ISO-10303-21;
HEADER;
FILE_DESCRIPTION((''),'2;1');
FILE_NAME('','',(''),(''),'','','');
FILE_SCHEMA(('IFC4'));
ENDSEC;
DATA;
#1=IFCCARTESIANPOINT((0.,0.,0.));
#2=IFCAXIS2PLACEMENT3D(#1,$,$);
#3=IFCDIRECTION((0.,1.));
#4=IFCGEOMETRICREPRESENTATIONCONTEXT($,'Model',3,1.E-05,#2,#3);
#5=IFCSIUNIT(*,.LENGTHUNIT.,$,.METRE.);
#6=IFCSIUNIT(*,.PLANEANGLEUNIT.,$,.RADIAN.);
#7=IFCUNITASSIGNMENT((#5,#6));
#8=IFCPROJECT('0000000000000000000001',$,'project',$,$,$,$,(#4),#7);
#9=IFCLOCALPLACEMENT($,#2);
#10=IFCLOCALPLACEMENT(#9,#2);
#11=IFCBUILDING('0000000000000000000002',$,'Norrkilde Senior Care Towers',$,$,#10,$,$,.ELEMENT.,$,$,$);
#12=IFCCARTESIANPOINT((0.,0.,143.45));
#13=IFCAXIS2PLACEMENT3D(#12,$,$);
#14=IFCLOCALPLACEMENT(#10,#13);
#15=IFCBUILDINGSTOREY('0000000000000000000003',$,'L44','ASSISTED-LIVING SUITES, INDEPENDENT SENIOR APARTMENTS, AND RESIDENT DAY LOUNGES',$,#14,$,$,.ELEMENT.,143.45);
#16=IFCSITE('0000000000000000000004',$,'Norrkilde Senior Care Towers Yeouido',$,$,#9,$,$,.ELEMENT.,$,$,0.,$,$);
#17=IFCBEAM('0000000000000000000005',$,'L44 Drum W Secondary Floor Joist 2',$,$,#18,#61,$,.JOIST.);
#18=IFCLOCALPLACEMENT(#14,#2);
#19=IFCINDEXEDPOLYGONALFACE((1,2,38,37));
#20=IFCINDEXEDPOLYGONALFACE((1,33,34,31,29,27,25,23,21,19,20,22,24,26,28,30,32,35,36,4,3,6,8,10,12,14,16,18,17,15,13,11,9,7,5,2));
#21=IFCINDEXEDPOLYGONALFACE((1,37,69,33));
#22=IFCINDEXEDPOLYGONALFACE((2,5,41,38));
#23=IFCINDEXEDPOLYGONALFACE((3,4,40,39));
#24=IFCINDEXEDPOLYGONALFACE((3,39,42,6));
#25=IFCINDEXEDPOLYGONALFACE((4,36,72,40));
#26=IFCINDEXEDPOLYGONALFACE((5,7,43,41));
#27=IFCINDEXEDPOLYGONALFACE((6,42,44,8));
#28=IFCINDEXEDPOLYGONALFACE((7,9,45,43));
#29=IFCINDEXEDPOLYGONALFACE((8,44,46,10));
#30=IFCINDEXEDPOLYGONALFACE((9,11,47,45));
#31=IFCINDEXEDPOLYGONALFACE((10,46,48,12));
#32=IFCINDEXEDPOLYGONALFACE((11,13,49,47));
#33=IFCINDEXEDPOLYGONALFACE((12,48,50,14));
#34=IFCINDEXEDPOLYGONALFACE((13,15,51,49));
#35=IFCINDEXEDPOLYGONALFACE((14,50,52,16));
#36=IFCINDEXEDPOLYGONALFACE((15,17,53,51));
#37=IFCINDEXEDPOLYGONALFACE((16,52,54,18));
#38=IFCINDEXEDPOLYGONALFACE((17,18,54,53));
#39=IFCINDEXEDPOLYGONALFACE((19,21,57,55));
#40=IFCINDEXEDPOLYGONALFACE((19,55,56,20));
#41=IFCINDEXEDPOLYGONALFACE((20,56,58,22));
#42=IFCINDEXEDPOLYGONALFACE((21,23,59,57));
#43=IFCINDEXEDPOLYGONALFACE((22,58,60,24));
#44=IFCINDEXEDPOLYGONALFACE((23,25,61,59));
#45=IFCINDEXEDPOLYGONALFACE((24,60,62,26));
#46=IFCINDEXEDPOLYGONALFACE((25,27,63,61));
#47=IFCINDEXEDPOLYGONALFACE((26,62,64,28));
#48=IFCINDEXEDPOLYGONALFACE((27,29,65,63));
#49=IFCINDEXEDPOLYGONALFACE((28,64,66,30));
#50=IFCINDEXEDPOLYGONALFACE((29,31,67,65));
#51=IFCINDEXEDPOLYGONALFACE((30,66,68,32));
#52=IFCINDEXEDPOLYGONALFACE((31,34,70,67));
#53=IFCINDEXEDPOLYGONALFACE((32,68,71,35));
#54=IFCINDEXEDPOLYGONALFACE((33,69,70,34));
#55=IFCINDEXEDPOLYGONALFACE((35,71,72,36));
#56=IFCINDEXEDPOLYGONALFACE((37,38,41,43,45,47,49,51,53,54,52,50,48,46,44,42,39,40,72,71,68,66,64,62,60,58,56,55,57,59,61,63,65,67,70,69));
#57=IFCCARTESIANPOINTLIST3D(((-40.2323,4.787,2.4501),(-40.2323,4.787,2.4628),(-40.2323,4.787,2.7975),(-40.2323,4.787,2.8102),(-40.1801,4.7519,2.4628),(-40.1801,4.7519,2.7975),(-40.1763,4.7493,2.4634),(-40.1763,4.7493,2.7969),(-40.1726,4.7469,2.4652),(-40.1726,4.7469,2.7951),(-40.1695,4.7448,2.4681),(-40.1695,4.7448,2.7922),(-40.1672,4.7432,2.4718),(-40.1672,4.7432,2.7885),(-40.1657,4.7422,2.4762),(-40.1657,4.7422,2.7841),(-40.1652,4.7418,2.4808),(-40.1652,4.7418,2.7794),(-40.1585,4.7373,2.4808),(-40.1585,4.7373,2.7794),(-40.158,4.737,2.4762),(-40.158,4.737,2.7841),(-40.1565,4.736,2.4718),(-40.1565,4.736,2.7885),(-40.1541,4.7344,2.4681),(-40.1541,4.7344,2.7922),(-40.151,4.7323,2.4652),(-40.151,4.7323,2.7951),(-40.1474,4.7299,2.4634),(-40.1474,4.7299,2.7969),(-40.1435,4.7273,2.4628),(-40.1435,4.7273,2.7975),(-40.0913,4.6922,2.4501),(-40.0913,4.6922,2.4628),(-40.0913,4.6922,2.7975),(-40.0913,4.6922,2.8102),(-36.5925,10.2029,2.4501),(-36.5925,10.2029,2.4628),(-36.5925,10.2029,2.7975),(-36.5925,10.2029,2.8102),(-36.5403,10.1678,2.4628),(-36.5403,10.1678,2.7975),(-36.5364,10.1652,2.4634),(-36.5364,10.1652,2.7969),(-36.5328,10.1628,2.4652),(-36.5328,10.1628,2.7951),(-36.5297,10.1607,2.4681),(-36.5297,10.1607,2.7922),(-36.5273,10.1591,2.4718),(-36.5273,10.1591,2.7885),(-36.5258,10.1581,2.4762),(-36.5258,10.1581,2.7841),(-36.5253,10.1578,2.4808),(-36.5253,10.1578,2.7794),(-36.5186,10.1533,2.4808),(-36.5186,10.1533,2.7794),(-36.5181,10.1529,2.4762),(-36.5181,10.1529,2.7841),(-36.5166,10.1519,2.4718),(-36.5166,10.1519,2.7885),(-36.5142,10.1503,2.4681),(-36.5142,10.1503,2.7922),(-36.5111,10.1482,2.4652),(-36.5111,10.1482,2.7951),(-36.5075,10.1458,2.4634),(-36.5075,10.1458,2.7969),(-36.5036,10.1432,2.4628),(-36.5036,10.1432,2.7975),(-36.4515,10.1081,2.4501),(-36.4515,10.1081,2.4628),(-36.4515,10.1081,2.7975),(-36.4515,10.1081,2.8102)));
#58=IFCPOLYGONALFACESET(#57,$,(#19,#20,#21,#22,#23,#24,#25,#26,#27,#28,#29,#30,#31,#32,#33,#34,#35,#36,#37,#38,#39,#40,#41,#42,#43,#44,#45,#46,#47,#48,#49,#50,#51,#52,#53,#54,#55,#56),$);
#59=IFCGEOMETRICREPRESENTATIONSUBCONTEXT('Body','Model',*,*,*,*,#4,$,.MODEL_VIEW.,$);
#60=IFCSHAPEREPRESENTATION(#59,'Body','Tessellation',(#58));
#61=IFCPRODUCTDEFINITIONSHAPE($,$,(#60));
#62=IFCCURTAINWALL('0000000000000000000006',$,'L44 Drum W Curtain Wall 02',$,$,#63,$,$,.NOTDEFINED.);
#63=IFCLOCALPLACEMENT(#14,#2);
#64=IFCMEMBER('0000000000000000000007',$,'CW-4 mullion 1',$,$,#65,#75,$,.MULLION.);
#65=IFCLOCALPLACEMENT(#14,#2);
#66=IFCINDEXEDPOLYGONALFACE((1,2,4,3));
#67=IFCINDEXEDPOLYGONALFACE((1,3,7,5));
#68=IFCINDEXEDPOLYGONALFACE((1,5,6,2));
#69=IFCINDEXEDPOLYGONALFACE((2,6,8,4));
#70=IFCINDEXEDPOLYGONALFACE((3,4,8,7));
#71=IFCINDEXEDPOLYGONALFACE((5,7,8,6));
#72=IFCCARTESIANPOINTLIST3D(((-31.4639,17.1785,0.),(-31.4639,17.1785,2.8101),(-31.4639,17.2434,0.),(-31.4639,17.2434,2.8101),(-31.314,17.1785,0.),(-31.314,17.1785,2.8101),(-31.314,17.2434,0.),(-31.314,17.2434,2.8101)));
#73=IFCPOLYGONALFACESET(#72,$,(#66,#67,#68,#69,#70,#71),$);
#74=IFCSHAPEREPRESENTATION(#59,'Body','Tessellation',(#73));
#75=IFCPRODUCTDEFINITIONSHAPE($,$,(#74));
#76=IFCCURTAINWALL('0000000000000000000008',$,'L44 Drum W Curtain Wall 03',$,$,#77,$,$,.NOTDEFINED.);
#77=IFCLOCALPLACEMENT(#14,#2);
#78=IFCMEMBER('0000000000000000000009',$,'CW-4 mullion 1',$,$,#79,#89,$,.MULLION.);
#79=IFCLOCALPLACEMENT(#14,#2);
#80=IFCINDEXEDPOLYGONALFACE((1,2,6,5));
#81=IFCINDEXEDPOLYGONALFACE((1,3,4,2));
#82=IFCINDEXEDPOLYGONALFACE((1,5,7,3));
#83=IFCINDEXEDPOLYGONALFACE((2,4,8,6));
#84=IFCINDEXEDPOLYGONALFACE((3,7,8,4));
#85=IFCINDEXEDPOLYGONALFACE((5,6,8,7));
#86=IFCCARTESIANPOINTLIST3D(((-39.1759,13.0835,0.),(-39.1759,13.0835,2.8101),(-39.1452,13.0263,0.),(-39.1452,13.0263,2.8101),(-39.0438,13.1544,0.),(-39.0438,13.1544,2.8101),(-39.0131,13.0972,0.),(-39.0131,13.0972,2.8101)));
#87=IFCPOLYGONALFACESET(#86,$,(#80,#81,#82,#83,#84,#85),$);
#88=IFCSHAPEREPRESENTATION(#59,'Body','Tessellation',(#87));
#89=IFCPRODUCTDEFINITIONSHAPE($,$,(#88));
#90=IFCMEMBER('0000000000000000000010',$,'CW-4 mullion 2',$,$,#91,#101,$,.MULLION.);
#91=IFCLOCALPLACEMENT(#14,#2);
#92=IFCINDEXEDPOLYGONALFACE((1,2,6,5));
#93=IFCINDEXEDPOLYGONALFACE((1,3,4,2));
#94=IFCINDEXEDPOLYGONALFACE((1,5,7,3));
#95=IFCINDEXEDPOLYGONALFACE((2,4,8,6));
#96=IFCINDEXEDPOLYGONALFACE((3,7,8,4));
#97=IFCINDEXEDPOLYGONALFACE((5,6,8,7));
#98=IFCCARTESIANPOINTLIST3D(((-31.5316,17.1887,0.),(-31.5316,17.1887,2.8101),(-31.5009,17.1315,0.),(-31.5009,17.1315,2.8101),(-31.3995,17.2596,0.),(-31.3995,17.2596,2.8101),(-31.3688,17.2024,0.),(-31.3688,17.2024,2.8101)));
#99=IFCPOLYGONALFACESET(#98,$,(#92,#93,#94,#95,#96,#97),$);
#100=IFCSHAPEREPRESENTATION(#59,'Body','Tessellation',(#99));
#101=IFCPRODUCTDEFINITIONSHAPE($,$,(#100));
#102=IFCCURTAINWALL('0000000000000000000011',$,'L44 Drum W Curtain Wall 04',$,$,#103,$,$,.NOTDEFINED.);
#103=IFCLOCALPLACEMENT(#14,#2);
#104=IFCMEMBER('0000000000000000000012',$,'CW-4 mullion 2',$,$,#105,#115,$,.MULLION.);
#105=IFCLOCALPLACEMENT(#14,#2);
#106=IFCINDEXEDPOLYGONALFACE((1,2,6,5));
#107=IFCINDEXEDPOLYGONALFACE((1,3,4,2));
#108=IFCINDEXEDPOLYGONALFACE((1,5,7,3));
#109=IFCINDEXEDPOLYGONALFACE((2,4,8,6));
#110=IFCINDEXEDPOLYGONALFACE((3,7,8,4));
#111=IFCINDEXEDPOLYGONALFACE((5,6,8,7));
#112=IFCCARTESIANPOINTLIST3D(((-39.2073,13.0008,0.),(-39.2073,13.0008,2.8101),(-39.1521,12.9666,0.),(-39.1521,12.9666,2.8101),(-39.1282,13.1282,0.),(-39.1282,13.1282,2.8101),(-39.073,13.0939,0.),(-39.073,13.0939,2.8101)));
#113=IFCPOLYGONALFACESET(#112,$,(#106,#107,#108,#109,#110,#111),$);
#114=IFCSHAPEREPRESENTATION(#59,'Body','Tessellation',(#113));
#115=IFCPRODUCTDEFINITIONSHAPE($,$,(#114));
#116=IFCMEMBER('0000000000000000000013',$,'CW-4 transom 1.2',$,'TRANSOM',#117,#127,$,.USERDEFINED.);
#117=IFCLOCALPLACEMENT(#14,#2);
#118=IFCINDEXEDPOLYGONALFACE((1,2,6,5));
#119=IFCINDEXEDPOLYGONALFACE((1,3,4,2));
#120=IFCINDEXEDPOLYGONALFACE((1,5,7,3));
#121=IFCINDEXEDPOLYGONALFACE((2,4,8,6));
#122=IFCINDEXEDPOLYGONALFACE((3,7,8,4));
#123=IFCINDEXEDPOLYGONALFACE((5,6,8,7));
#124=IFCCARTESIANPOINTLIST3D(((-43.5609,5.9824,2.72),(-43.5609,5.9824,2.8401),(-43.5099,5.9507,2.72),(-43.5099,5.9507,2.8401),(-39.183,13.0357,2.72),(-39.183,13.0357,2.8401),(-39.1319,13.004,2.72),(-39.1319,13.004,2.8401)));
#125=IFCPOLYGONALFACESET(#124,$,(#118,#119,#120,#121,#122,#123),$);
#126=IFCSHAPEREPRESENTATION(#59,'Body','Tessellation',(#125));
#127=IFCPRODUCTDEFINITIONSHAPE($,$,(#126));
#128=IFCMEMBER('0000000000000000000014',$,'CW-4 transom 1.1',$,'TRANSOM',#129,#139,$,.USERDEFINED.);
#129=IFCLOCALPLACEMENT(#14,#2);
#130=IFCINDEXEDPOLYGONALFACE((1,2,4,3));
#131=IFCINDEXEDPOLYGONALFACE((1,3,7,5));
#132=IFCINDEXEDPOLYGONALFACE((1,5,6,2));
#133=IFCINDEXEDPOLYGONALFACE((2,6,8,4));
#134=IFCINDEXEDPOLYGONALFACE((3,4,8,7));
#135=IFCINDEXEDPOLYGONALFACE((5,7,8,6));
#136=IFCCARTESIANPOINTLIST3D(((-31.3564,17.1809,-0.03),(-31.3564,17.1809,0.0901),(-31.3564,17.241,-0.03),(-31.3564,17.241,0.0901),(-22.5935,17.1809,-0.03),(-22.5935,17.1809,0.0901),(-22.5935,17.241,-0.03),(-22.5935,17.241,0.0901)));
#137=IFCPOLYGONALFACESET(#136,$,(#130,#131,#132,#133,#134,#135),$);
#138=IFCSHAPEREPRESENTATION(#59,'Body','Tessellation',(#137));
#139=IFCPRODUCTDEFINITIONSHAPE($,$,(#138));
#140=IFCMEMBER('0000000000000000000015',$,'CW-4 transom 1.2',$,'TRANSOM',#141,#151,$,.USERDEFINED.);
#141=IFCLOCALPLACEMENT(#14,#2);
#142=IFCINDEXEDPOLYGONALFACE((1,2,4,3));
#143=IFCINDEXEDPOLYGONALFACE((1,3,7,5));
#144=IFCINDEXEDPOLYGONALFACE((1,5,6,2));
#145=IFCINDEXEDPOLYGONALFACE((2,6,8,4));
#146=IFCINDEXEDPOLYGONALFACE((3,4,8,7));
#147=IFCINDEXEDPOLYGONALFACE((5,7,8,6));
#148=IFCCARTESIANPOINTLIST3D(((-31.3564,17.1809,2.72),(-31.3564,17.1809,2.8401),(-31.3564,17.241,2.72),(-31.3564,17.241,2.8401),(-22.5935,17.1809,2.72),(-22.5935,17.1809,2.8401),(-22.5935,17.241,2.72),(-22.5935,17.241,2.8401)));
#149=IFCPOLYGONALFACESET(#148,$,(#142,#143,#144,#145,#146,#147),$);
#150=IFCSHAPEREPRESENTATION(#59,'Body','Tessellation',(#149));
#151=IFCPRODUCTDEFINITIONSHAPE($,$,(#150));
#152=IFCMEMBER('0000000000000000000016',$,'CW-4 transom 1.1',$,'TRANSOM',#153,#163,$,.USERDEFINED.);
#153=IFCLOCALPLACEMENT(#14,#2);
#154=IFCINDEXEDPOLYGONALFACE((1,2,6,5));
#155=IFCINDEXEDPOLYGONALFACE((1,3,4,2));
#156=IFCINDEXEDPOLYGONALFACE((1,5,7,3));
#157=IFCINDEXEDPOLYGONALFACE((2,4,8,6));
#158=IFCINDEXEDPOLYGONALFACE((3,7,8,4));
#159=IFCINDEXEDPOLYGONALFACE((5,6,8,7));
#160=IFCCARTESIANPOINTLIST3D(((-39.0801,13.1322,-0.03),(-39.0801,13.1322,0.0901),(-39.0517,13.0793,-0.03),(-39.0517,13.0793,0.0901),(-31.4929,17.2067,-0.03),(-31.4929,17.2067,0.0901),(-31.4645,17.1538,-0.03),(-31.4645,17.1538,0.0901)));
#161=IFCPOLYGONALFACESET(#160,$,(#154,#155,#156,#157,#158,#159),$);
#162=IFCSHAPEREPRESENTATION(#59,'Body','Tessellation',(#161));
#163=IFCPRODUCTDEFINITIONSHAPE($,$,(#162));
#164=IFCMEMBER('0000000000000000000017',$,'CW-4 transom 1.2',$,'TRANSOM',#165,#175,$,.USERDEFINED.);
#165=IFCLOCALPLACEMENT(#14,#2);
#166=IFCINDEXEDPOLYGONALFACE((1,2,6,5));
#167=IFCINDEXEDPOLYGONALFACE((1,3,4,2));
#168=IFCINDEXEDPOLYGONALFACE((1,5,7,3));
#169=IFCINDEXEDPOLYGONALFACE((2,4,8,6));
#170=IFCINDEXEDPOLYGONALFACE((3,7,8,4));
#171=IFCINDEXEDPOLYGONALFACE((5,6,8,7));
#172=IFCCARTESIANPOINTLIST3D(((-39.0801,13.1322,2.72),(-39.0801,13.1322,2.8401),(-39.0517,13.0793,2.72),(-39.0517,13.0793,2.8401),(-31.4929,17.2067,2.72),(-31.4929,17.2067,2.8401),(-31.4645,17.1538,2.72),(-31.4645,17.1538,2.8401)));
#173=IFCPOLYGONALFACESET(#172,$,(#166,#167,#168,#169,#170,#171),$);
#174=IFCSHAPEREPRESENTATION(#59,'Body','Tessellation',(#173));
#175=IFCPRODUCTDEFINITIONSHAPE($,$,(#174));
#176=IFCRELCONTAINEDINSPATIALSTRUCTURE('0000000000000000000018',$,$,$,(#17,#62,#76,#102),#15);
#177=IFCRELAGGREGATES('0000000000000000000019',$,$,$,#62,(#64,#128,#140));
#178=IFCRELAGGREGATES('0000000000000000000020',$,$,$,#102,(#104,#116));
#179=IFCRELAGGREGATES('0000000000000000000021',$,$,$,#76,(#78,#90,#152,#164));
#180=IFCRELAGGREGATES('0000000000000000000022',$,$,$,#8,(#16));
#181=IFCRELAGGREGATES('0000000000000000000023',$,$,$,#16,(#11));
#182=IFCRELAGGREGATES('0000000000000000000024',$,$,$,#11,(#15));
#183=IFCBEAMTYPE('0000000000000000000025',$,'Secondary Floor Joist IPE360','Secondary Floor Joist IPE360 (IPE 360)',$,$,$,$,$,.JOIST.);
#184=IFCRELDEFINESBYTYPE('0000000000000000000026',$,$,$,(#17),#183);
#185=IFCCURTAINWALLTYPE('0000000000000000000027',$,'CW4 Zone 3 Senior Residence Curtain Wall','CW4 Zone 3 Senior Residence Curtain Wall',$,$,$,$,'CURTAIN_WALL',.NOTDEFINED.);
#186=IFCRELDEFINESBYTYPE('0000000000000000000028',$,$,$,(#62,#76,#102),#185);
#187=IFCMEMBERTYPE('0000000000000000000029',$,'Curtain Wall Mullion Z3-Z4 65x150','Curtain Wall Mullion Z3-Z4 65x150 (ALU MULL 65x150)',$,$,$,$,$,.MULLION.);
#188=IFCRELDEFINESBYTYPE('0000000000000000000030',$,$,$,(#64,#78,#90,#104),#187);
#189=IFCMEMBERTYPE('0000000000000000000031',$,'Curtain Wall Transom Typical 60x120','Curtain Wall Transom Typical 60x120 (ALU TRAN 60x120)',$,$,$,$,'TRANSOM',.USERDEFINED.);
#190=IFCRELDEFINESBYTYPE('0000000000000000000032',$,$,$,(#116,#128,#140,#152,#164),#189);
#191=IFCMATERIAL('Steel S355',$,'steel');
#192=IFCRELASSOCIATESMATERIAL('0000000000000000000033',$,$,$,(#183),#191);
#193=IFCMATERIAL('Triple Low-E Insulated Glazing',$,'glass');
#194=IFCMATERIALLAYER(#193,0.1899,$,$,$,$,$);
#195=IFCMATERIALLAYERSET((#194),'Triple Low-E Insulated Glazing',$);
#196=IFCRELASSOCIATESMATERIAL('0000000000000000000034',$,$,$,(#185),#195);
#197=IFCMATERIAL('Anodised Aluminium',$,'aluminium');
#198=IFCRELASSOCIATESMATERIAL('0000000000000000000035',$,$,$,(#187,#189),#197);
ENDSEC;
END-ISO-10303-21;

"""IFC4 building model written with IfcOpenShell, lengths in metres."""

from ifc_helpers import new_model, si_unit, direction, frame, origin, origin_2d, place, context, subcontext, project, spatial, rectangle, i_section, extrude, source, transform, mapped, material, layer, layer_set, material_profile, profile_set, type_object, type_shapes, element, aggregate, save


model = new_model("IFC4")

# Units and contexts
model_context = context("Model", 3, precision=1e-05, world=origin(), true_north=direction((0.0, 1.0)))
body_context = subcontext(model_context, "Body", "Model", "MODEL_VIEW")
ifc_project = project(units=[si_unit("LENGTHUNIT", "METRE"), si_unit("PLANEANGLEUNIT", "RADIAN")], contexts=[model_context])

# Site, building, storey
site_placement = place(None, origin())
site = spatial("IfcSite", under=ifc_project, at=site_placement, Name="Norrkilde Senior Care Towers Yeouido", CompositionType="ELEMENT", RefElevation=0.0)
building_placement = place(site_placement, origin())
building = spatial("IfcBuilding", under=site, at=building_placement, Name="Norrkilde Senior Care Towers", CompositionType="ELEMENT")
storey_placement = place(building_placement, frame((0.0, 0.0, 143.45)))
storey = spatial("IfcBuildingStorey", under=building, at=storey_placement, Name="L44", Description="ASSISTED-LIVING SUITES, INDEPENDENT SENIOR APARTMENTS, AND RESIDENT DAY LOUNGES", CompositionType="ELEMENT", Elevation=143.45)

# Beam
ifc_material_1 = material(Name="Steel S355", Category="steel")
ifc_material_profile_1 = material_profile(ifc_material_1, i_section(OverallWidth=0.1699, OverallDepth=0.3601, WebThickness=0.0081, FlangeThickness=0.0127, FilletRadius=0.0181, at=origin_2d()), Name="IPE 360")
ifc_profile_set_1 = profile_set([ifc_material_profile_1], Name="Steel S355")
beam_type_1 = type_object("IfcBeamType", Name="Secondary Floor Joist IPE360", Description="Secondary Floor Joist IPE360 (IPE 360)", PredefinedType="JOIST", material=ifc_profile_set_1)
shared_shape_1 = source(origin(), body_context, "Body", "SweptSolid", [
    extrude(i_section(OverallWidth=0.1699, OverallDepth=0.3601, WebThickness=0.0081, FlangeThickness=0.0127, FilletRadius=0.0181, at=origin_2d()), origin(), (0.0, 0.0, 1.0), 6.5254),
])
type_shapes(beam_type_1, [shared_shape_1])
beam_1_placement = place(storey_placement, frame((-36.522, 10.1555, 2.6301), z_axis=(-0.557796, -0.829978, 0.0), x_axis=(0.829978, -0.557796, 0.0)))
element("IfcBeam", 1, at=beam_1_placement, inside=storey, type_object=beam_type_1, Name="L44 Drum W Secondary Floor Joist 2", PredefinedType="JOIST", context=body_context, shape_type="MappedRepresentation", body=[
    mapped(shared_shape_1, transform((0.0, 0.0, 0.0), x_axis=(1.0, 0.0, 0.0), y_axis=(0.0, 1.0, 0.0), z_axis=(0.0, 0.0, 1.0), scale=1.0)),
])

# Curtain wall, member
ifc_material_2 = material(Name="Triple Low-E Insulated Glazing", Category="glass")
ifc_layer_1 = layer(ifc_material_2, 0.1899)
ifc_layer_set_1 = layer_set([ifc_layer_1], Name="Triple Low-E Insulated Glazing")
curtain_wall_type = type_object("IfcCurtainWallType", Name="CW4 Zone 3 Senior Residence Curtain Wall", Description="CW4 Zone 3 Senior Residence Curtain Wall", ElementType="CURTAIN_WALL", PredefinedType="NOTDEFINED", material=ifc_layer_set_1)
curtain_wall_1_placement = place(storey_placement, origin())
curtain_wall_1 = element("IfcCurtainWall", 2, at=curtain_wall_1_placement, inside=storey, type_object=curtain_wall_type, Name="L44 Drum W Curtain Wall 02", PredefinedType="NOTDEFINED")
ifc_material_3 = material(Name="Anodised Aluminium", Category="aluminium")
ifc_material_profile_2 = material_profile(ifc_material_3, rectangle(XDim=0.0649, YDim=0.1499, at=origin_2d()), Name="ALU MULL 65x150")
ifc_profile_set_2 = profile_set([ifc_material_profile_2], Name="Anodised Aluminium")
member_type_1 = type_object("IfcMemberType", Name="Curtain Wall Mullion Z3-Z4 65x150", Description="Curtain Wall Mullion Z3-Z4 65x150 (ALU MULL 65x150)", PredefinedType="MULLION", material=ifc_profile_set_2)
shared_shape_2 = source(origin(), body_context, "Body", "SweptSolid", [
    extrude(rectangle(XDim=0.0649, YDim=0.1499, at=origin_2d()), origin(), (0.0, 0.0, 1.0), 2.8101),
])
type_shapes(member_type_1, [shared_shape_2])
member_1_placement = place(storey_placement, frame((-31.3889, 17.2109, 0.0), z_axis=(0.0, 0.0, 1.0), x_axis=(0.0, 1.0, 0.0)))
member_1 = element("IfcMember", 3, at=member_1_placement, type_object=member_type_1, Name="CW-4 mullion 1", PredefinedType="MULLION", context=body_context, shape_type="MappedRepresentation", body=[
    mapped(shared_shape_2, transform((0.0, 0.0, 0.0), x_axis=(1.0, 0.0, 0.0), y_axis=(0.0, 1.0, 0.0), z_axis=(0.0, 0.0, 1.0), scale=1.0)),
])

# Curtain walls, members
curtain_wall_2_placement = place(storey_placement, origin())
curtain_wall_2 = element("IfcCurtainWall", 4, at=curtain_wall_2_placement, inside=storey, type_object=curtain_wall_type, Name="L44 Drum W Curtain Wall 03", PredefinedType="NOTDEFINED")
member_2_placement = place(storey_placement, frame((-39.0945, 13.0903, 0.0), z_axis=(0.0, 0.0, 1.0), x_axis=(-0.473117, 0.881, 0.0)))
member_2 = element("IfcMember", 5, at=member_2_placement, type_object=member_type_1, Name="CW-4 mullion 1", PredefinedType="MULLION", context=body_context, shape_type="MappedRepresentation", body=[
    mapped(shared_shape_2, transform((0.0, 0.0, 0.0), x_axis=(1.0, 0.0, 0.0), y_axis=(0.0, 1.0, 0.0), z_axis=(0.0, 0.0, 1.0), scale=1.0)),
])
member_3_placement = place(storey_placement, frame((-31.4502, 17.1956, 0.0), z_axis=(0.0, 0.0, 1.0), x_axis=(-0.473117, 0.881, 0.0)))
member_3 = element("IfcMember", 6, at=member_3_placement, type_object=member_type_1, Name="CW-4 mullion 2", PredefinedType="MULLION", context=body_context, shape_type="MappedRepresentation", body=[
    mapped(shared_shape_2, transform((0.0, 0.0, 0.0), x_axis=(1.0, 0.0, 0.0), y_axis=(0.0, 1.0, 0.0), z_axis=(0.0, 0.0, 1.0), scale=1.0)),
])
curtain_wall_3_placement = place(storey_placement, origin())
curtain_wall_3 = element("IfcCurtainWall", 7, at=curtain_wall_3_placement, inside=storey, type_object=curtain_wall_type, Name="L44 Drum W Curtain Wall 04", PredefinedType="NOTDEFINED")
member_4_placement = place(storey_placement, frame((-39.1401, 13.0474, 0.0), z_axis=(0.0, 0.0, 1.0), x_axis=(-0.849634, 0.527373, 0.0)))
member_4 = element("IfcMember", 8, at=member_4_placement, type_object=member_type_1, Name="CW-4 mullion 2", PredefinedType="MULLION", context=body_context, shape_type="MappedRepresentation", body=[
    mapped(shared_shape_2, transform((0.0, 0.0, 0.0), x_axis=(1.0, 0.0, 0.0), y_axis=(0.0, 1.0, 0.0), z_axis=(0.0, 0.0, 1.0), scale=1.0)),
])
ifc_material_profile_3 = material_profile(ifc_material_3, rectangle(XDim=0.0601, YDim=0.1201, at=origin_2d()), Name="ALU TRAN 60x120")
ifc_profile_set_3 = profile_set([ifc_material_profile_3], Name="Anodised Aluminium")
member_type_2 = type_object("IfcMemberType", Name="Curtain Wall Transom Typical 60x120", Description="Curtain Wall Transom Typical 60x120 (ALU TRAN 60x120)", ElementType="TRANSOM", PredefinedType="USERDEFINED", material=ifc_profile_set_3)
shared_shape_3 = source(origin(), body_context, "Body", "SweptSolid", [
    extrude(rectangle(XDim=0.0601, YDim=0.1201, at=origin_2d()), origin(), (0.0, 0.0, 1.0), 8.3015),
])
member_5_placement = place(storey_placement, frame((-43.5354, 5.9666, 2.78), z_axis=(0.527369, 0.849637, 0.0), x_axis=(-0.849637, 0.527369, 0.0)))
member_5 = element("IfcMember", 9, at=member_5_placement, type_object=member_type_2, Name="CW-4 transom 1.2", ObjectType="TRANSOM", PredefinedType="USERDEFINED", context=body_context, shape_type="MappedRepresentation", body=[
    mapped(shared_shape_3, transform((0.0, 0.0, 0.0), x_axis=(1.0, 0.0, 0.0), y_axis=(0.0, 1.0, 0.0), z_axis=(0.0, 0.0, 1.0), scale=1.0)),
])

# Members
shared_shape_4 = source(origin(), body_context, "Body", "SweptSolid", [
    extrude(rectangle(XDim=0.0601, YDim=0.1201, at=origin_2d()), origin(), (0.0, 0.0, 1.0), 8.7629),
])
member_6_placement = place(storey_placement, frame((-31.3564, 17.2109, 0.03), z_axis=(1.0, 0.0, 0.0), x_axis=(0.0, 1.0, 0.0)))
member_6 = element("IfcMember", 10, at=member_6_placement, type_object=member_type_2, Name="CW-4 transom 1.1", ObjectType="TRANSOM", PredefinedType="USERDEFINED", context=body_context, shape_type="MappedRepresentation", body=[
    mapped(shared_shape_4, transform((0.0, 0.0, 0.0), x_axis=(1.0, 0.0, 0.0), y_axis=(0.0, 1.0, 0.0), z_axis=(0.0, 0.0, 1.0), scale=1.0)),
])
member_7_placement = place(storey_placement, frame((-31.3564, 17.2109, 2.78), z_axis=(1.0, 0.0, 0.0), x_axis=(0.0, 1.0, 0.0)))
member_7 = element("IfcMember", 11, at=member_7_placement, type_object=member_type_2, Name="CW-4 transom 1.2", ObjectType="TRANSOM", PredefinedType="USERDEFINED", context=body_context, shape_type="MappedRepresentation", body=[
    mapped(shared_shape_4, transform((0.0, 0.0, 0.0), x_axis=(1.0, 0.0, 0.0), y_axis=(0.0, 1.0, 0.0), z_axis=(0.0, 0.0, 1.0), scale=1.0)),
])
aggregate(curtain_wall_1, [member_1, member_6, member_7])
shared_shape_5 = source(origin(), body_context, "Body", "SweptSolid", [
    extrude(rectangle(XDim=0.0601, YDim=0.1201, at=origin_2d()), origin(), (0.0, 0.0, 1.0), 8.6121),
])
type_shapes(member_type_2, [shared_shape_3, shared_shape_4, shared_shape_5])
member_8_placement = place(storey_placement, frame((-39.0659, 13.1057, 0.03), z_axis=(0.881, 0.473116, 0.0), x_axis=(-0.473116, 0.881, 0.0)))
member_8 = element("IfcMember", 12, at=member_8_placement, type_object=member_type_2, Name="CW-4 transom 1.1", ObjectType="TRANSOM", PredefinedType="USERDEFINED", context=body_context, shape_type="MappedRepresentation", body=[
    mapped(shared_shape_5, transform((0.0, 0.0, 0.0), x_axis=(1.0, 0.0, 0.0), y_axis=(0.0, 1.0, 0.0), z_axis=(0.0, 0.0, 1.0), scale=1.0)),
])
member_9_placement = place(storey_placement, frame((-39.0659, 13.1057, 2.78), z_axis=(0.881, 0.473116, 0.0), x_axis=(-0.473116, 0.881, 0.0)))
member_9 = element("IfcMember", 13, at=member_9_placement, type_object=member_type_2, Name="CW-4 transom 1.2", ObjectType="TRANSOM", PredefinedType="USERDEFINED", context=body_context, shape_type="MappedRepresentation", body=[
    mapped(shared_shape_5, transform((0.0, 0.0, 0.0), x_axis=(1.0, 0.0, 0.0), y_axis=(0.0, 1.0, 0.0), z_axis=(0.0, 0.0, 1.0), scale=1.0)),
])

aggregate(curtain_wall_3, [member_4, member_5])
aggregate(curtain_wall_2, [member_2, member_3, member_8, member_9])

save(model, "model.ifc")
